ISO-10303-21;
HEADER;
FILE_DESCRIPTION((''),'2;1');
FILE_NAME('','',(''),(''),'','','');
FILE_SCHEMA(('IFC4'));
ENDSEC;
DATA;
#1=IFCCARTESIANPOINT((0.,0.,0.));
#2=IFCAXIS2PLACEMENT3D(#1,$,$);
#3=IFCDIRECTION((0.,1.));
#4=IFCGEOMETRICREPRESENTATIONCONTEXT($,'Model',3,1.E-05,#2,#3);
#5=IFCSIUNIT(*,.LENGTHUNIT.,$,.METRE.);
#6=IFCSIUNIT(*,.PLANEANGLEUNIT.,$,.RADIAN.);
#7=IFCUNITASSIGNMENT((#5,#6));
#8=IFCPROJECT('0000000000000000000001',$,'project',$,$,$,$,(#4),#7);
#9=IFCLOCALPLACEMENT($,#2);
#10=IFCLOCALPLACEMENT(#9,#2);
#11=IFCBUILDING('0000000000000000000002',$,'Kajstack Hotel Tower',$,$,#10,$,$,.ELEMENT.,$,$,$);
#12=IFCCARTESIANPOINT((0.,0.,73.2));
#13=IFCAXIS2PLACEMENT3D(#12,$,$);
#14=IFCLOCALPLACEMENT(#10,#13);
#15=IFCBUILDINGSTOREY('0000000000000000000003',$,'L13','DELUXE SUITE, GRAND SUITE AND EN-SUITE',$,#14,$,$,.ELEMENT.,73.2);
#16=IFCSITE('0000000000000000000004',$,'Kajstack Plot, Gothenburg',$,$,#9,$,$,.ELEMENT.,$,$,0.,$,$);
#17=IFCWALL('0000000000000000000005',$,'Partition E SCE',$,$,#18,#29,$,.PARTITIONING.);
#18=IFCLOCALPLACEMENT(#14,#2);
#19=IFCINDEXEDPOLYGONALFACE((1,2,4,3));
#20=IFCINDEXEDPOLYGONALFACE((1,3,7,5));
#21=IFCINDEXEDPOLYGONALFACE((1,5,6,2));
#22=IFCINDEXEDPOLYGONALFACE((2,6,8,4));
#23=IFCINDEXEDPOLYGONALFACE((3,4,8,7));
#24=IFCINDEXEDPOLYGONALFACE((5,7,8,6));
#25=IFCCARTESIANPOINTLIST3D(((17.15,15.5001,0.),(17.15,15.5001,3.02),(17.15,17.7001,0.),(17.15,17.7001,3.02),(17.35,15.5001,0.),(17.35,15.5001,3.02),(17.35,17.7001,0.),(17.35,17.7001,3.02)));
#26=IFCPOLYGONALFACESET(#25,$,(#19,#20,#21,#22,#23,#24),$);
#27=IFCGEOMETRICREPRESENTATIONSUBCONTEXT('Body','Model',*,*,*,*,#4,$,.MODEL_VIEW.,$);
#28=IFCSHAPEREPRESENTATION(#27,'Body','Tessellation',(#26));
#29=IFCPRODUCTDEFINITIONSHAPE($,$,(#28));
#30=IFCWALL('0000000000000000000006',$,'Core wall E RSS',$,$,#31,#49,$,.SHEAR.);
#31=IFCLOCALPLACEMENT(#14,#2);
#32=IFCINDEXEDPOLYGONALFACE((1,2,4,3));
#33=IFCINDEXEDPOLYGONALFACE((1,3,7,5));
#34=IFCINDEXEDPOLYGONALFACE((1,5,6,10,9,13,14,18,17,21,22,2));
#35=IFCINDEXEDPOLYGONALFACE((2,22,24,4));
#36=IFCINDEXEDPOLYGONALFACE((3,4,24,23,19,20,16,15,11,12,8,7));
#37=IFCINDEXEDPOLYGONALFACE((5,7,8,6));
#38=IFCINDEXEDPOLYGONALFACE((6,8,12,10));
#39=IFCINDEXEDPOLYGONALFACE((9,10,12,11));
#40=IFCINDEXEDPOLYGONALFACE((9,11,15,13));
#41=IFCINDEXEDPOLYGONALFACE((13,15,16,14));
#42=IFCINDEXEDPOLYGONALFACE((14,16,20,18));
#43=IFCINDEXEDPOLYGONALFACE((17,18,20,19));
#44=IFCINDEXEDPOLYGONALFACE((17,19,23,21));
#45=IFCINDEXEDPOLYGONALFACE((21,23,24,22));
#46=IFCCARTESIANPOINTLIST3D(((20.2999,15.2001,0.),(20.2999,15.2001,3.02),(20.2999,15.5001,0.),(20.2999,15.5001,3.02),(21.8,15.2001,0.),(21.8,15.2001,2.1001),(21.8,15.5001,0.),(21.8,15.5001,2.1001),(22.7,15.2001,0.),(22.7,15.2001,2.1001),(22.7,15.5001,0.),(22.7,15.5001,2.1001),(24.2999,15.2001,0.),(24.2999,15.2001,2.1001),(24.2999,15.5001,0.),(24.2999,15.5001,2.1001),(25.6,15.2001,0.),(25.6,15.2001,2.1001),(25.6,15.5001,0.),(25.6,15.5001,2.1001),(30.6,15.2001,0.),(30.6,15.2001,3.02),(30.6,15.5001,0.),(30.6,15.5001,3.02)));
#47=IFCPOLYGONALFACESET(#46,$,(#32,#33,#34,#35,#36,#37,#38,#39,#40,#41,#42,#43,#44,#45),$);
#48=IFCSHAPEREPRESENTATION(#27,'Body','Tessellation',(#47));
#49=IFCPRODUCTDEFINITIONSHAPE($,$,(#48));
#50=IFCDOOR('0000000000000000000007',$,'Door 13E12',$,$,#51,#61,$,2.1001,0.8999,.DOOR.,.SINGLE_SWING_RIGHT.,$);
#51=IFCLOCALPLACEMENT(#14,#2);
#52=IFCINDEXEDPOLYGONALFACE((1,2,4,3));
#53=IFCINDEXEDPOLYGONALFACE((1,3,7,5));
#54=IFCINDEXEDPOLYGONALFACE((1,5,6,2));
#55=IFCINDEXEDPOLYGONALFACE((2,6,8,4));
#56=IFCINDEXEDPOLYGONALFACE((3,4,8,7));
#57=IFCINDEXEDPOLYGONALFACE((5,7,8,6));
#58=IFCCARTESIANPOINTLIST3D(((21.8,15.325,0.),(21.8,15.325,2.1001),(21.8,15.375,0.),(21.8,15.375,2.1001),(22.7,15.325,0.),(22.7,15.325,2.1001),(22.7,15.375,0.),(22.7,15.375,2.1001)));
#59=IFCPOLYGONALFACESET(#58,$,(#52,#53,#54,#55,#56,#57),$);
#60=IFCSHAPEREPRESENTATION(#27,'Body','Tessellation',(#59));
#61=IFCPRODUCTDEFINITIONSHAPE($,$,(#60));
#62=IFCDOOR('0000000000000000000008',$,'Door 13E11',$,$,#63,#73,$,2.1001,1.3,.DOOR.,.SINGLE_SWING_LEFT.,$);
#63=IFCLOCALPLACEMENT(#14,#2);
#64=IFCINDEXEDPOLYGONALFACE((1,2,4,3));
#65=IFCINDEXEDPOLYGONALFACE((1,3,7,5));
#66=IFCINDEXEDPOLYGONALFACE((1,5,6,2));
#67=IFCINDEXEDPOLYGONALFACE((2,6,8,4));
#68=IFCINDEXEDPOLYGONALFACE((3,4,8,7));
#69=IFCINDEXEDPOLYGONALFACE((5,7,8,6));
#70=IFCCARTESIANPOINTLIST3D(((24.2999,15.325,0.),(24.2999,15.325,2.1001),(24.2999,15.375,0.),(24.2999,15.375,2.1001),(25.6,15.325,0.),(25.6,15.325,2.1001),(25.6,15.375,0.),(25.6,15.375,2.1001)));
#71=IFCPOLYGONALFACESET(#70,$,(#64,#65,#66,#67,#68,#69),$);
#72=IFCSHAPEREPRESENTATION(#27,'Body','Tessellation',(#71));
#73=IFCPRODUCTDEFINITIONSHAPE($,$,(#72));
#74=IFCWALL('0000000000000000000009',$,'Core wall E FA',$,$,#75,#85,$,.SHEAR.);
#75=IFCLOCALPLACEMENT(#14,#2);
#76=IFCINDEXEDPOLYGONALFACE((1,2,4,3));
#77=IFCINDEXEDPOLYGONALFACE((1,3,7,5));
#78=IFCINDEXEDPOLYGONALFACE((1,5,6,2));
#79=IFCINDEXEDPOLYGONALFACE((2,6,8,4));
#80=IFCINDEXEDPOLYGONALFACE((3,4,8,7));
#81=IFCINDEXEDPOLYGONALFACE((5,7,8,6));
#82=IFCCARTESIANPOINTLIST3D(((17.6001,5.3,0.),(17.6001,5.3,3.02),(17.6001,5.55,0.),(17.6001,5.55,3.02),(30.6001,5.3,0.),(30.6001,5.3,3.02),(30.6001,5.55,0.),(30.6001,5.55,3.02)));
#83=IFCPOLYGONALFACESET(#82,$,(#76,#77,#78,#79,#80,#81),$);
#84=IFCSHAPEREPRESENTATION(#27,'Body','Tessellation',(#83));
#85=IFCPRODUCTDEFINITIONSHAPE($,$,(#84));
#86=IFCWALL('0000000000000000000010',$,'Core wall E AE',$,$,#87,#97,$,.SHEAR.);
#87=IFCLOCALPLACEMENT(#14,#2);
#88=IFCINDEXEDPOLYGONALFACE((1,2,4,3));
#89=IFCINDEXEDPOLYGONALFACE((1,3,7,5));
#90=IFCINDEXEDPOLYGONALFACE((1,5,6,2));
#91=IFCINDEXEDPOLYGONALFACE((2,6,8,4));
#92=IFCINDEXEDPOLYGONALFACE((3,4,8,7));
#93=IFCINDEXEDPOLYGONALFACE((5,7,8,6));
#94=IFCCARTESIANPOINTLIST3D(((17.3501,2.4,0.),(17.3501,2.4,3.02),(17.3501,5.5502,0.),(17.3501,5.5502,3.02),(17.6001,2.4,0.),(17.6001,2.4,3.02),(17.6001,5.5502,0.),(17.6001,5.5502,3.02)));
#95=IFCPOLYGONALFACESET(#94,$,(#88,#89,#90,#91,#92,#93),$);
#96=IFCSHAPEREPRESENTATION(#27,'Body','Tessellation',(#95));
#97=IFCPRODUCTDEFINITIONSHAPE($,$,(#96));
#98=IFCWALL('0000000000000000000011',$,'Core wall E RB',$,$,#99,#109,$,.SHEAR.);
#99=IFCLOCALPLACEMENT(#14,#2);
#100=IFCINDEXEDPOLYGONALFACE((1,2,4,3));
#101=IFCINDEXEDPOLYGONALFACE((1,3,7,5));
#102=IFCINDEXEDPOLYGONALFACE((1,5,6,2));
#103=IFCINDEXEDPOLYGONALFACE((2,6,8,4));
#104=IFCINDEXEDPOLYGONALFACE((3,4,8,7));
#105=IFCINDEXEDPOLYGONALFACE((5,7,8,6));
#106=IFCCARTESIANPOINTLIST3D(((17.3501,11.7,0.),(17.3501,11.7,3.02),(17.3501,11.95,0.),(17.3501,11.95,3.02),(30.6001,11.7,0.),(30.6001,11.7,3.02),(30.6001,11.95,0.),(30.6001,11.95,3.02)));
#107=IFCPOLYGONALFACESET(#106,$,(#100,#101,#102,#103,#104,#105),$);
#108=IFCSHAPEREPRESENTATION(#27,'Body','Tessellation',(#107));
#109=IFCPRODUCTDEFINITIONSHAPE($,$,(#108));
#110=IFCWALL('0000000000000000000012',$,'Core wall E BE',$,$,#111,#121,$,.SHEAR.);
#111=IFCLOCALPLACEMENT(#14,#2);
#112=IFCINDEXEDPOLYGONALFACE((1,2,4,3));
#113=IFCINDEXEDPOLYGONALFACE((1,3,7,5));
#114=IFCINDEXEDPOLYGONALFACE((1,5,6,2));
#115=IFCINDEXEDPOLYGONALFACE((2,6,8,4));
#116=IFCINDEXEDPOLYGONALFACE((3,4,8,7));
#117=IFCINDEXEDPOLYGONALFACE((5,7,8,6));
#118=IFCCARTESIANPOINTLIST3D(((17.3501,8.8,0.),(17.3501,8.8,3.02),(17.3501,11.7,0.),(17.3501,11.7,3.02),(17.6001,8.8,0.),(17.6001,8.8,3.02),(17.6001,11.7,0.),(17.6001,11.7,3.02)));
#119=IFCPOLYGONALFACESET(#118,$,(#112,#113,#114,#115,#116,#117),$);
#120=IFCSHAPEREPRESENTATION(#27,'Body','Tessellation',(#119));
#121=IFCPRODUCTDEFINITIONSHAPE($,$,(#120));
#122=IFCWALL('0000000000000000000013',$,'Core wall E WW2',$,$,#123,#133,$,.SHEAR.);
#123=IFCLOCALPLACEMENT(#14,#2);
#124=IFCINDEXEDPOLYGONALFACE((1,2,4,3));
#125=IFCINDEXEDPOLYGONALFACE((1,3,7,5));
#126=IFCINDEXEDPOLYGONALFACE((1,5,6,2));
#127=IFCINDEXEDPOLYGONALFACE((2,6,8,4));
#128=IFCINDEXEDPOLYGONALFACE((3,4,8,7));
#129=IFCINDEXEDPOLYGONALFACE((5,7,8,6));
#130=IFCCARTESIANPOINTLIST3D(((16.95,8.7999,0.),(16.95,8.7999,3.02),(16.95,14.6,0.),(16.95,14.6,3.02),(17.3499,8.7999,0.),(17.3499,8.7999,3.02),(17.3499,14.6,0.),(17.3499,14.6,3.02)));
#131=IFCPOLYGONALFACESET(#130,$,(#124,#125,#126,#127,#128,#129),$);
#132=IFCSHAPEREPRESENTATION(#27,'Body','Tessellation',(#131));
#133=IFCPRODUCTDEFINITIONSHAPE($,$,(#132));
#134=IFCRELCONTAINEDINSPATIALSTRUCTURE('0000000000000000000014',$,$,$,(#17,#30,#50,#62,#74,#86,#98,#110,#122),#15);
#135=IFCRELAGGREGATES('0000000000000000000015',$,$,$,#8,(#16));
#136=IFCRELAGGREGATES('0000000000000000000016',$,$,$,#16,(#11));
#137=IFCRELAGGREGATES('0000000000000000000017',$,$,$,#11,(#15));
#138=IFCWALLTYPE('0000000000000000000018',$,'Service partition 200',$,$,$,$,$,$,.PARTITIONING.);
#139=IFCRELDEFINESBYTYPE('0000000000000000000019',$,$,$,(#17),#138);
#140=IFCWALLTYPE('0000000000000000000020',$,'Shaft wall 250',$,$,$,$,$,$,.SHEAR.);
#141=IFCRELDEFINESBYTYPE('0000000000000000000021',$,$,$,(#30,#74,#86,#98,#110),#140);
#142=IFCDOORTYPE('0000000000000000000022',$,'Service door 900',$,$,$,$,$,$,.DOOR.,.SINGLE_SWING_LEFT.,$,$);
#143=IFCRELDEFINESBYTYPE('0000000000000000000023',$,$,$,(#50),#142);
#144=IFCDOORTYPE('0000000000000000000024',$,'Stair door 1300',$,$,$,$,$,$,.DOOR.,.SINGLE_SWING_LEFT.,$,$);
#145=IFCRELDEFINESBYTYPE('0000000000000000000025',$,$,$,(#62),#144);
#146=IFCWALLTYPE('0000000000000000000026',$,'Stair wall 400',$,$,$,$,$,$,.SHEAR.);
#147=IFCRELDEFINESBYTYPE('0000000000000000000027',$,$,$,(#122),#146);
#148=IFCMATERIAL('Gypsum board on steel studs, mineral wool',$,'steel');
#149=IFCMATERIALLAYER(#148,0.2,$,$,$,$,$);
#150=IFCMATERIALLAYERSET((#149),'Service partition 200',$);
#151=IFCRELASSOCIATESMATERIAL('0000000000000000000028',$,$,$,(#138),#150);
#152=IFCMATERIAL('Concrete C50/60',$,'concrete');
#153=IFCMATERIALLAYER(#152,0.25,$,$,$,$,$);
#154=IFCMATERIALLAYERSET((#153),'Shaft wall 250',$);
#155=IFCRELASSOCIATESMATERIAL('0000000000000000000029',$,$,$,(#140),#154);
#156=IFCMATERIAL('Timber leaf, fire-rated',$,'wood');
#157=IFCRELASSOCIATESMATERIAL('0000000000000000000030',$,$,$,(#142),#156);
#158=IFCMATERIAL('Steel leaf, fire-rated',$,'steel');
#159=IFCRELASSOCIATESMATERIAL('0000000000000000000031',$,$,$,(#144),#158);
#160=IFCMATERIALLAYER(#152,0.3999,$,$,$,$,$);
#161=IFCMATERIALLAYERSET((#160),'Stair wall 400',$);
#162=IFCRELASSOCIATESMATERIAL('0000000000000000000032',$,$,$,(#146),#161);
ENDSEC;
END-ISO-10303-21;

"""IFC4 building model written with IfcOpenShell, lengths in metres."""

from ifc_helpers import new_model, si_unit, direction, frame, frame_2d, origin, place, context, subcontext, project, spatial, rectangle, extrude, material, layer, layer_set, type_object, element, fill, save


model = new_model("IFC4")

# Units and contexts
model_context = context("Model", 3, precision=1e-05, world=origin(), true_north=direction((0.0, 1.0)))
body_context = subcontext(model_context, "Body", "Model", "MODEL_VIEW")
ifc_project = project(units=[si_unit("LENGTHUNIT", "METRE"), si_unit("PLANEANGLEUNIT", "RADIAN")], contexts=[model_context])

# Site, building, storey
site_placement = place(None, origin())
site = spatial("IfcSite", under=ifc_project, at=site_placement, Name="Kajstack Plot, Gothenburg", CompositionType="ELEMENT", RefElevation=0.0)
building_placement = place(site_placement, origin())
building = spatial("IfcBuilding", under=site, at=building_placement, Name="Kajstack Hotel Tower", CompositionType="ELEMENT")
storey_placement = place(building_placement, frame((0.0, 0.0, 73.2)))
storey = spatial("IfcBuildingStorey", under=building, at=storey_placement, Name="L13", Description="DELUXE SUITE, GRAND SUITE AND EN-SUITE", CompositionType="ELEMENT", Elevation=73.2)

# Wall
ifc_material_1 = material(Name="Gypsum board on steel studs, mineral wool", Category="steel")
ifc_layer_1 = layer(ifc_material_1, 0.2)
ifc_layer_set_1 = layer_set([ifc_layer_1], Name="Service partition 200")
wall_type_1 = type_object("IfcWallType", Name="Service partition 200", PredefinedType="PARTITIONING", material=ifc_layer_set_1)
wall_1_placement = place(storey_placement, frame((17.25, 15.5, 0.0), z_axis=(0.0, 0.0, 1.0), x_axis=(0.0, 1.0, 0.0)))
element("IfcWall", 1, at=wall_1_placement, inside=storey, type_object=wall_type_1, Name="Partition E SCE", PredefinedType="PARTITIONING", context=body_context, shape_type="SweptSolid", body=[
    extrude(rectangle(XDim=2.2, YDim=0.2, at=frame_2d((1.1001, 0.0))), origin(), (0.0, 0.0, 1.0), 3.02),
])

# Wall, openings, doors
ifc_material_2 = material(Name="Concrete C50/60", Category="concrete")
ifc_layer_2 = layer(ifc_material_2, 0.25)
ifc_layer_set_2 = layer_set([ifc_layer_2], Name="Shaft wall 250")
wall_type_2 = type_object("IfcWallType", Name="Shaft wall 250", PredefinedType="SHEAR", material=ifc_layer_set_2)
wall_2_placement = place(storey_placement, frame((20.3, 15.3501, 0.0), z_axis=(0.0, 0.0, 1.0), x_axis=(1.0, 0.0, 0.0)))
wall_2 = element("IfcWall", 2, at=wall_2_placement, inside=storey, type_object=wall_type_2, Name="Core wall E RSS", PredefinedType="SHEAR", context=body_context, shape_type="SweptSolid", body=[
    extrude(rectangle(XDim=10.3, YDim=0.3, at=frame_2d((5.1499, 0.0))), origin(), (0.0, 0.0, 1.0), 3.02),
])
opening_1_placement = place(wall_2_placement, frame((4.0, 0.0, 0.0)))
opening_1 = element("IfcOpeningElement", 3, at=opening_1_placement, cuts=wall_2, PredefinedType="OPENING", context=body_context, shape_type="SweptSolid", body=[
    extrude(rectangle(XDim=1.3, YDim=2.1001, at=frame_2d((0.6499, 1.05))), frame((0.0, 0.1599, 0.0), z_axis=(0.0, -1.0, 0.0), x_axis=(1.0, 0.0, 0.0)), (0.0, 0.0, 1.0), 0.3201),
])
opening_2_placement = place(wall_2_placement, frame((1.5, 0.0, 0.0)))
opening_2 = element("IfcOpeningElement", 4, at=opening_2_placement, cuts=wall_2, PredefinedType="OPENING", context=body_context, shape_type="SweptSolid", body=[
    extrude(rectangle(XDim=0.8999, YDim=2.1001, at=frame_2d((0.45, 1.05))), frame((0.0, 0.1599, 0.0), z_axis=(0.0, -1.0, 0.0), x_axis=(1.0, 0.0, 0.0)), (0.0, 0.0, 1.0), 0.3201),
])
ifc_material_3 = material(Name="Timber leaf, fire-rated", Category="wood")
door_type_1 = type_object("IfcDoorType", Name="Service door 900", OperationType="SINGLE_SWING_LEFT", PredefinedType="DOOR", material=ifc_material_3)
door_1_placement = place(opening_2_placement, origin())
door_1 = element("IfcDoor", 5, at=door_1_placement, inside=storey, type_object=door_type_1, Name="Door 13E12", OperationType="SINGLE_SWING_RIGHT", OverallHeight=2.1001, OverallWidth=0.8999, PredefinedType="DOOR", context=body_context, shape_type="SweptSolid", body=[
    extrude(rectangle(XDim=0.8999, YDim=2.1001, at=frame_2d((0.45, 1.05))), frame((0.0, 0.0249, 0.0), z_axis=(0.0, -1.0, 0.0), x_axis=(1.0, 0.0, 0.0)), (0.0, 0.0, 1.0), 0.05),
])
fill(opening_2, door_1)
ifc_material_4 = material(Name="Steel leaf, fire-rated", Category="steel")
door_type_2 = type_object("IfcDoorType", Name="Stair door 1300", OperationType="SINGLE_SWING_LEFT", PredefinedType="DOOR", material=ifc_material_4)
door_2_placement = place(opening_1_placement, origin())
door_2 = element("IfcDoor", 6, at=door_2_placement, inside=storey, type_object=door_type_2, Name="Door 13E11", OperationType="SINGLE_SWING_LEFT", OverallHeight=2.1001, OverallWidth=1.3, PredefinedType="DOOR", context=body_context, shape_type="SweptSolid", body=[
    extrude(rectangle(XDim=1.3, YDim=2.1001, at=frame_2d((0.6499, 1.05))), frame((0.0, 0.0249, 0.0), z_axis=(0.0, -1.0, 0.0), x_axis=(1.0, 0.0, 0.0)), (0.0, 0.0, 1.0), 0.05),
])
fill(opening_1, door_2)

# Walls
wall_3_placement = place(storey_placement, frame((17.6001, 5.425, 0.0), z_axis=(0.0, 0.0, 1.0), x_axis=(1.0, 0.0, 0.0)))
element("IfcWall", 7, at=wall_3_placement, inside=storey, type_object=wall_type_2, Name="Core wall E FA", PredefinedType="SHEAR", context=body_context, shape_type="SweptSolid", body=[
    extrude(rectangle(XDim=13.0, YDim=0.25, at=frame_2d((6.5, 0.0))), origin(), (0.0, 0.0, 1.0), 3.02),
])
wall_4_placement = place(storey_placement, frame((17.4751, 2.3999, 0.0), z_axis=(0.0, 0.0, 1.0), x_axis=(0.0, 1.0, 0.0)))
element("IfcWall", 8, at=wall_4_placement, inside=storey, type_object=wall_type_2, Name="Core wall E AE", PredefinedType="SHEAR", context=body_context, shape_type="SweptSolid", body=[
    extrude(rectangle(XDim=3.1501, YDim=0.25, at=frame_2d((1.5752, 0.0))), origin(), (0.0, 0.0, 1.0), 3.02),
])
wall_5_placement = place(storey_placement, frame((17.3501, 11.825, 0.0), z_axis=(0.0, 0.0, 1.0), x_axis=(1.0, 0.0, 0.0)))
element("IfcWall", 9, at=wall_5_placement, inside=storey, type_object=wall_type_2, Name="Core wall E RB", PredefinedType="SHEAR", context=body_context, shape_type="SweptSolid", body=[
    extrude(rectangle(XDim=13.25, YDim=0.25, at=frame_2d((6.625, 0.0))), origin(), (0.0, 0.0, 1.0), 3.02),
])
wall_6_placement = place(storey_placement, frame((17.4751, 8.8, 0.0), z_axis=(0.0, 0.0, 1.0), x_axis=(0.0, 1.0, 0.0)))
element("IfcWall", 10, at=wall_6_placement, inside=storey, type_object=wall_type_2, Name="Core wall E BE", PredefinedType="SHEAR", context=body_context, shape_type="SweptSolid", body=[
    extrude(rectangle(XDim=2.8999, YDim=0.25, at=frame_2d((1.45, 0.0))), origin(), (0.0, 0.0, 1.0), 3.02),
])
ifc_layer_3 = layer(ifc_material_2, 0.3999)
ifc_layer_set_3 = layer_set([ifc_layer_3], Name="Stair wall 400")
wall_type_3 = type_object("IfcWallType", Name="Stair wall 400", PredefinedType="SHEAR", material=ifc_layer_set_3)
wall_7_placement = place(storey_placement, frame((17.1499, 8.8, 0.0), z_axis=(0.0, 0.0, 1.0), x_axis=(0.0, 1.0, 0.0)))
element("IfcWall", 11, at=wall_7_placement, inside=storey, type_object=wall_type_3, Name="Core wall E WW2", PredefinedType="SHEAR", context=body_context, shape_type="SweptSolid", body=[
    extrude(rectangle(XDim=5.8, YDim=0.3999, at=frame_2d((2.8999, 0.0))), origin(), (0.0, 0.0, 1.0), 3.02),
])

save(model, "model.ifc")
